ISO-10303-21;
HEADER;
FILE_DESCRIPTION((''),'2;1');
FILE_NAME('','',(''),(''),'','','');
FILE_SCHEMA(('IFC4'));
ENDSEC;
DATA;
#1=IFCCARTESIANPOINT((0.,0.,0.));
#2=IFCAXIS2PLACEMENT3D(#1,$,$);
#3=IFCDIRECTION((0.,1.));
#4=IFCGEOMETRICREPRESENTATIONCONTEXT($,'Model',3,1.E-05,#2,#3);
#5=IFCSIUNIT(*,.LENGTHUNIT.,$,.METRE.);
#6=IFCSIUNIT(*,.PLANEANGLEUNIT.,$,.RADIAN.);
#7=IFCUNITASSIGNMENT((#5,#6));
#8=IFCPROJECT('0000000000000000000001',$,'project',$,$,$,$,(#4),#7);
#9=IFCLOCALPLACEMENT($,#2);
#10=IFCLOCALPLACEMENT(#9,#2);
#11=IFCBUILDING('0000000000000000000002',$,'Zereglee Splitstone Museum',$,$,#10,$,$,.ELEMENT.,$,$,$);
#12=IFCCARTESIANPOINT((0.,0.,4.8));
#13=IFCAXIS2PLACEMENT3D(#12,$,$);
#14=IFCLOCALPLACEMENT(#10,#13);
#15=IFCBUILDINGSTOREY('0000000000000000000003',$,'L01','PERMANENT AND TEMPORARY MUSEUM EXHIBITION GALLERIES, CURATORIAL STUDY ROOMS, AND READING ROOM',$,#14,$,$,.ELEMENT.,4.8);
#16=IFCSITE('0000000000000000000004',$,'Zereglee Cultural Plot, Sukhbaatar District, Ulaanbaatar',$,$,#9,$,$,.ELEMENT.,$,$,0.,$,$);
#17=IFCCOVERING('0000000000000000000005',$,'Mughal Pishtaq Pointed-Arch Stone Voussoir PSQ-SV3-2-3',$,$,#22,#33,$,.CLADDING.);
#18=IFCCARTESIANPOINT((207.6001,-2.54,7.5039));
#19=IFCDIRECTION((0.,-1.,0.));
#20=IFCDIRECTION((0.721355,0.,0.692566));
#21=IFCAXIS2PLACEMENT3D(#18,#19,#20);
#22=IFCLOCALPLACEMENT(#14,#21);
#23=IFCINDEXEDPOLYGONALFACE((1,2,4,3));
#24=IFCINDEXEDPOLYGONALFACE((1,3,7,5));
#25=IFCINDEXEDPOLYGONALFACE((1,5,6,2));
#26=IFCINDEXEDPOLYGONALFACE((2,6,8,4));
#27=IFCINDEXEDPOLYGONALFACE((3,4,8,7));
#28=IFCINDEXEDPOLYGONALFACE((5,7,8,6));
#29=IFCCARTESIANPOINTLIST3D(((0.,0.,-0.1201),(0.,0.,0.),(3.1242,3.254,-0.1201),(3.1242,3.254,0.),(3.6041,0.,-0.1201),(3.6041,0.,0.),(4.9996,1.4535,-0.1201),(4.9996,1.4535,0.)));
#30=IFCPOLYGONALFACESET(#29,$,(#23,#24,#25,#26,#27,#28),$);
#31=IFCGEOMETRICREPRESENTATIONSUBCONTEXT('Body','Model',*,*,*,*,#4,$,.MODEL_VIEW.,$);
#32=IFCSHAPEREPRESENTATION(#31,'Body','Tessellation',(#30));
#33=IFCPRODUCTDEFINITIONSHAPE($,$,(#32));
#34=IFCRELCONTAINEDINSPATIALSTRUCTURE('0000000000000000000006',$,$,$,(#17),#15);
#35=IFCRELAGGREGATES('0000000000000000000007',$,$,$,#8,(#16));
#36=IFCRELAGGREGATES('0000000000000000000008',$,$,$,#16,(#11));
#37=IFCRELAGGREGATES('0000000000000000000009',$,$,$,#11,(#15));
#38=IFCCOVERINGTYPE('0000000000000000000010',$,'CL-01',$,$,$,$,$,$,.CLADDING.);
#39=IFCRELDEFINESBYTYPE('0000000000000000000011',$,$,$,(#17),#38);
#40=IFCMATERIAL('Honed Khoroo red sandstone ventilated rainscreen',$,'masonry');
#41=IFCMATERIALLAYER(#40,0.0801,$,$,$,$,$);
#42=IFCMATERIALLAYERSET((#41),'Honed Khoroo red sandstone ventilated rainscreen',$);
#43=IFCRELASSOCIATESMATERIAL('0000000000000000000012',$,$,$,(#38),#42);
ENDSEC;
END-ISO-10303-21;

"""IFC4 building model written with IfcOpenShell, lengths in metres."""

from ifc_helpers import new_model, si_unit, direction, frame, origin, place, context, subcontext, project, spatial, polyline, outline, extrude, material, layer, layer_set, type_object, element, save


model = new_model("IFC4")

# Units and contexts
model_context = context("Model", 3, precision=1e-05, world=origin(), true_north=direction((0.0, 1.0)))
body_context = subcontext(model_context, "Body", "Model", "MODEL_VIEW")
ifc_project = project(units=[si_unit("LENGTHUNIT", "METRE"), si_unit("PLANEANGLEUNIT", "RADIAN")], contexts=[model_context])

# Site, building, storey
site_placement = place(None, origin())
site = spatial("IfcSite", under=ifc_project, at=site_placement, Name="Zereglee Cultural Plot, Sukhbaatar District, Ulaanbaatar", CompositionType="ELEMENT", RefElevation=0.0)
building_placement = place(site_placement, origin())
building = spatial("IfcBuilding", under=site, at=building_placement, Name="Zereglee Splitstone Museum", CompositionType="ELEMENT")
storey_placement = place(building_placement, frame((0.0, 0.0, 4.8)))
storey = spatial("IfcBuildingStorey", under=building, at=storey_placement, Name="L01", Description="PERMANENT AND TEMPORARY MUSEUM EXHIBITION GALLERIES, CURATORIAL STUDY ROOMS, AND READING ROOM", CompositionType="ELEMENT", Elevation=4.8)

# Covering
ifc_material_1 = material(Name="Honed Khoroo red sandstone ventilated rainscreen", Category="masonry")
ifc_layer_1 = layer(ifc_material_1, 0.0801)
ifc_layer_set_1 = layer_set([ifc_layer_1], Name="Honed Khoroo red sandstone ventilated rainscreen")
covering_type_1 = type_object("IfcCoveringType", Name="CL-01", PredefinedType="CLADDING", material=ifc_layer_set_1)
covering_1_placement = place(storey_placement, frame((207.6001, -2.54, 7.5039), z_axis=(0.0, -1.0, 0.0), x_axis=(0.721355, 0.0, 0.692566)))
element("IfcCovering", 1, at=covering_1_placement, inside=storey, type_object=covering_type_1, Name="Mughal Pishtaq Pointed-Arch Stone Voussoir PSQ-SV3-2-3", PredefinedType="CLADDING", context=body_context, shape_type="SweptSolid", body=[
    extrude(outline(polyline([(0.0, 0.0), (3.6041, 0.0), (4.9996, 1.4535), (3.1242, 3.254), (0.0, 0.0)])), origin(), (0.0, 0.0, -1.0), 0.1201),
])

save(model, "model.ifc")
